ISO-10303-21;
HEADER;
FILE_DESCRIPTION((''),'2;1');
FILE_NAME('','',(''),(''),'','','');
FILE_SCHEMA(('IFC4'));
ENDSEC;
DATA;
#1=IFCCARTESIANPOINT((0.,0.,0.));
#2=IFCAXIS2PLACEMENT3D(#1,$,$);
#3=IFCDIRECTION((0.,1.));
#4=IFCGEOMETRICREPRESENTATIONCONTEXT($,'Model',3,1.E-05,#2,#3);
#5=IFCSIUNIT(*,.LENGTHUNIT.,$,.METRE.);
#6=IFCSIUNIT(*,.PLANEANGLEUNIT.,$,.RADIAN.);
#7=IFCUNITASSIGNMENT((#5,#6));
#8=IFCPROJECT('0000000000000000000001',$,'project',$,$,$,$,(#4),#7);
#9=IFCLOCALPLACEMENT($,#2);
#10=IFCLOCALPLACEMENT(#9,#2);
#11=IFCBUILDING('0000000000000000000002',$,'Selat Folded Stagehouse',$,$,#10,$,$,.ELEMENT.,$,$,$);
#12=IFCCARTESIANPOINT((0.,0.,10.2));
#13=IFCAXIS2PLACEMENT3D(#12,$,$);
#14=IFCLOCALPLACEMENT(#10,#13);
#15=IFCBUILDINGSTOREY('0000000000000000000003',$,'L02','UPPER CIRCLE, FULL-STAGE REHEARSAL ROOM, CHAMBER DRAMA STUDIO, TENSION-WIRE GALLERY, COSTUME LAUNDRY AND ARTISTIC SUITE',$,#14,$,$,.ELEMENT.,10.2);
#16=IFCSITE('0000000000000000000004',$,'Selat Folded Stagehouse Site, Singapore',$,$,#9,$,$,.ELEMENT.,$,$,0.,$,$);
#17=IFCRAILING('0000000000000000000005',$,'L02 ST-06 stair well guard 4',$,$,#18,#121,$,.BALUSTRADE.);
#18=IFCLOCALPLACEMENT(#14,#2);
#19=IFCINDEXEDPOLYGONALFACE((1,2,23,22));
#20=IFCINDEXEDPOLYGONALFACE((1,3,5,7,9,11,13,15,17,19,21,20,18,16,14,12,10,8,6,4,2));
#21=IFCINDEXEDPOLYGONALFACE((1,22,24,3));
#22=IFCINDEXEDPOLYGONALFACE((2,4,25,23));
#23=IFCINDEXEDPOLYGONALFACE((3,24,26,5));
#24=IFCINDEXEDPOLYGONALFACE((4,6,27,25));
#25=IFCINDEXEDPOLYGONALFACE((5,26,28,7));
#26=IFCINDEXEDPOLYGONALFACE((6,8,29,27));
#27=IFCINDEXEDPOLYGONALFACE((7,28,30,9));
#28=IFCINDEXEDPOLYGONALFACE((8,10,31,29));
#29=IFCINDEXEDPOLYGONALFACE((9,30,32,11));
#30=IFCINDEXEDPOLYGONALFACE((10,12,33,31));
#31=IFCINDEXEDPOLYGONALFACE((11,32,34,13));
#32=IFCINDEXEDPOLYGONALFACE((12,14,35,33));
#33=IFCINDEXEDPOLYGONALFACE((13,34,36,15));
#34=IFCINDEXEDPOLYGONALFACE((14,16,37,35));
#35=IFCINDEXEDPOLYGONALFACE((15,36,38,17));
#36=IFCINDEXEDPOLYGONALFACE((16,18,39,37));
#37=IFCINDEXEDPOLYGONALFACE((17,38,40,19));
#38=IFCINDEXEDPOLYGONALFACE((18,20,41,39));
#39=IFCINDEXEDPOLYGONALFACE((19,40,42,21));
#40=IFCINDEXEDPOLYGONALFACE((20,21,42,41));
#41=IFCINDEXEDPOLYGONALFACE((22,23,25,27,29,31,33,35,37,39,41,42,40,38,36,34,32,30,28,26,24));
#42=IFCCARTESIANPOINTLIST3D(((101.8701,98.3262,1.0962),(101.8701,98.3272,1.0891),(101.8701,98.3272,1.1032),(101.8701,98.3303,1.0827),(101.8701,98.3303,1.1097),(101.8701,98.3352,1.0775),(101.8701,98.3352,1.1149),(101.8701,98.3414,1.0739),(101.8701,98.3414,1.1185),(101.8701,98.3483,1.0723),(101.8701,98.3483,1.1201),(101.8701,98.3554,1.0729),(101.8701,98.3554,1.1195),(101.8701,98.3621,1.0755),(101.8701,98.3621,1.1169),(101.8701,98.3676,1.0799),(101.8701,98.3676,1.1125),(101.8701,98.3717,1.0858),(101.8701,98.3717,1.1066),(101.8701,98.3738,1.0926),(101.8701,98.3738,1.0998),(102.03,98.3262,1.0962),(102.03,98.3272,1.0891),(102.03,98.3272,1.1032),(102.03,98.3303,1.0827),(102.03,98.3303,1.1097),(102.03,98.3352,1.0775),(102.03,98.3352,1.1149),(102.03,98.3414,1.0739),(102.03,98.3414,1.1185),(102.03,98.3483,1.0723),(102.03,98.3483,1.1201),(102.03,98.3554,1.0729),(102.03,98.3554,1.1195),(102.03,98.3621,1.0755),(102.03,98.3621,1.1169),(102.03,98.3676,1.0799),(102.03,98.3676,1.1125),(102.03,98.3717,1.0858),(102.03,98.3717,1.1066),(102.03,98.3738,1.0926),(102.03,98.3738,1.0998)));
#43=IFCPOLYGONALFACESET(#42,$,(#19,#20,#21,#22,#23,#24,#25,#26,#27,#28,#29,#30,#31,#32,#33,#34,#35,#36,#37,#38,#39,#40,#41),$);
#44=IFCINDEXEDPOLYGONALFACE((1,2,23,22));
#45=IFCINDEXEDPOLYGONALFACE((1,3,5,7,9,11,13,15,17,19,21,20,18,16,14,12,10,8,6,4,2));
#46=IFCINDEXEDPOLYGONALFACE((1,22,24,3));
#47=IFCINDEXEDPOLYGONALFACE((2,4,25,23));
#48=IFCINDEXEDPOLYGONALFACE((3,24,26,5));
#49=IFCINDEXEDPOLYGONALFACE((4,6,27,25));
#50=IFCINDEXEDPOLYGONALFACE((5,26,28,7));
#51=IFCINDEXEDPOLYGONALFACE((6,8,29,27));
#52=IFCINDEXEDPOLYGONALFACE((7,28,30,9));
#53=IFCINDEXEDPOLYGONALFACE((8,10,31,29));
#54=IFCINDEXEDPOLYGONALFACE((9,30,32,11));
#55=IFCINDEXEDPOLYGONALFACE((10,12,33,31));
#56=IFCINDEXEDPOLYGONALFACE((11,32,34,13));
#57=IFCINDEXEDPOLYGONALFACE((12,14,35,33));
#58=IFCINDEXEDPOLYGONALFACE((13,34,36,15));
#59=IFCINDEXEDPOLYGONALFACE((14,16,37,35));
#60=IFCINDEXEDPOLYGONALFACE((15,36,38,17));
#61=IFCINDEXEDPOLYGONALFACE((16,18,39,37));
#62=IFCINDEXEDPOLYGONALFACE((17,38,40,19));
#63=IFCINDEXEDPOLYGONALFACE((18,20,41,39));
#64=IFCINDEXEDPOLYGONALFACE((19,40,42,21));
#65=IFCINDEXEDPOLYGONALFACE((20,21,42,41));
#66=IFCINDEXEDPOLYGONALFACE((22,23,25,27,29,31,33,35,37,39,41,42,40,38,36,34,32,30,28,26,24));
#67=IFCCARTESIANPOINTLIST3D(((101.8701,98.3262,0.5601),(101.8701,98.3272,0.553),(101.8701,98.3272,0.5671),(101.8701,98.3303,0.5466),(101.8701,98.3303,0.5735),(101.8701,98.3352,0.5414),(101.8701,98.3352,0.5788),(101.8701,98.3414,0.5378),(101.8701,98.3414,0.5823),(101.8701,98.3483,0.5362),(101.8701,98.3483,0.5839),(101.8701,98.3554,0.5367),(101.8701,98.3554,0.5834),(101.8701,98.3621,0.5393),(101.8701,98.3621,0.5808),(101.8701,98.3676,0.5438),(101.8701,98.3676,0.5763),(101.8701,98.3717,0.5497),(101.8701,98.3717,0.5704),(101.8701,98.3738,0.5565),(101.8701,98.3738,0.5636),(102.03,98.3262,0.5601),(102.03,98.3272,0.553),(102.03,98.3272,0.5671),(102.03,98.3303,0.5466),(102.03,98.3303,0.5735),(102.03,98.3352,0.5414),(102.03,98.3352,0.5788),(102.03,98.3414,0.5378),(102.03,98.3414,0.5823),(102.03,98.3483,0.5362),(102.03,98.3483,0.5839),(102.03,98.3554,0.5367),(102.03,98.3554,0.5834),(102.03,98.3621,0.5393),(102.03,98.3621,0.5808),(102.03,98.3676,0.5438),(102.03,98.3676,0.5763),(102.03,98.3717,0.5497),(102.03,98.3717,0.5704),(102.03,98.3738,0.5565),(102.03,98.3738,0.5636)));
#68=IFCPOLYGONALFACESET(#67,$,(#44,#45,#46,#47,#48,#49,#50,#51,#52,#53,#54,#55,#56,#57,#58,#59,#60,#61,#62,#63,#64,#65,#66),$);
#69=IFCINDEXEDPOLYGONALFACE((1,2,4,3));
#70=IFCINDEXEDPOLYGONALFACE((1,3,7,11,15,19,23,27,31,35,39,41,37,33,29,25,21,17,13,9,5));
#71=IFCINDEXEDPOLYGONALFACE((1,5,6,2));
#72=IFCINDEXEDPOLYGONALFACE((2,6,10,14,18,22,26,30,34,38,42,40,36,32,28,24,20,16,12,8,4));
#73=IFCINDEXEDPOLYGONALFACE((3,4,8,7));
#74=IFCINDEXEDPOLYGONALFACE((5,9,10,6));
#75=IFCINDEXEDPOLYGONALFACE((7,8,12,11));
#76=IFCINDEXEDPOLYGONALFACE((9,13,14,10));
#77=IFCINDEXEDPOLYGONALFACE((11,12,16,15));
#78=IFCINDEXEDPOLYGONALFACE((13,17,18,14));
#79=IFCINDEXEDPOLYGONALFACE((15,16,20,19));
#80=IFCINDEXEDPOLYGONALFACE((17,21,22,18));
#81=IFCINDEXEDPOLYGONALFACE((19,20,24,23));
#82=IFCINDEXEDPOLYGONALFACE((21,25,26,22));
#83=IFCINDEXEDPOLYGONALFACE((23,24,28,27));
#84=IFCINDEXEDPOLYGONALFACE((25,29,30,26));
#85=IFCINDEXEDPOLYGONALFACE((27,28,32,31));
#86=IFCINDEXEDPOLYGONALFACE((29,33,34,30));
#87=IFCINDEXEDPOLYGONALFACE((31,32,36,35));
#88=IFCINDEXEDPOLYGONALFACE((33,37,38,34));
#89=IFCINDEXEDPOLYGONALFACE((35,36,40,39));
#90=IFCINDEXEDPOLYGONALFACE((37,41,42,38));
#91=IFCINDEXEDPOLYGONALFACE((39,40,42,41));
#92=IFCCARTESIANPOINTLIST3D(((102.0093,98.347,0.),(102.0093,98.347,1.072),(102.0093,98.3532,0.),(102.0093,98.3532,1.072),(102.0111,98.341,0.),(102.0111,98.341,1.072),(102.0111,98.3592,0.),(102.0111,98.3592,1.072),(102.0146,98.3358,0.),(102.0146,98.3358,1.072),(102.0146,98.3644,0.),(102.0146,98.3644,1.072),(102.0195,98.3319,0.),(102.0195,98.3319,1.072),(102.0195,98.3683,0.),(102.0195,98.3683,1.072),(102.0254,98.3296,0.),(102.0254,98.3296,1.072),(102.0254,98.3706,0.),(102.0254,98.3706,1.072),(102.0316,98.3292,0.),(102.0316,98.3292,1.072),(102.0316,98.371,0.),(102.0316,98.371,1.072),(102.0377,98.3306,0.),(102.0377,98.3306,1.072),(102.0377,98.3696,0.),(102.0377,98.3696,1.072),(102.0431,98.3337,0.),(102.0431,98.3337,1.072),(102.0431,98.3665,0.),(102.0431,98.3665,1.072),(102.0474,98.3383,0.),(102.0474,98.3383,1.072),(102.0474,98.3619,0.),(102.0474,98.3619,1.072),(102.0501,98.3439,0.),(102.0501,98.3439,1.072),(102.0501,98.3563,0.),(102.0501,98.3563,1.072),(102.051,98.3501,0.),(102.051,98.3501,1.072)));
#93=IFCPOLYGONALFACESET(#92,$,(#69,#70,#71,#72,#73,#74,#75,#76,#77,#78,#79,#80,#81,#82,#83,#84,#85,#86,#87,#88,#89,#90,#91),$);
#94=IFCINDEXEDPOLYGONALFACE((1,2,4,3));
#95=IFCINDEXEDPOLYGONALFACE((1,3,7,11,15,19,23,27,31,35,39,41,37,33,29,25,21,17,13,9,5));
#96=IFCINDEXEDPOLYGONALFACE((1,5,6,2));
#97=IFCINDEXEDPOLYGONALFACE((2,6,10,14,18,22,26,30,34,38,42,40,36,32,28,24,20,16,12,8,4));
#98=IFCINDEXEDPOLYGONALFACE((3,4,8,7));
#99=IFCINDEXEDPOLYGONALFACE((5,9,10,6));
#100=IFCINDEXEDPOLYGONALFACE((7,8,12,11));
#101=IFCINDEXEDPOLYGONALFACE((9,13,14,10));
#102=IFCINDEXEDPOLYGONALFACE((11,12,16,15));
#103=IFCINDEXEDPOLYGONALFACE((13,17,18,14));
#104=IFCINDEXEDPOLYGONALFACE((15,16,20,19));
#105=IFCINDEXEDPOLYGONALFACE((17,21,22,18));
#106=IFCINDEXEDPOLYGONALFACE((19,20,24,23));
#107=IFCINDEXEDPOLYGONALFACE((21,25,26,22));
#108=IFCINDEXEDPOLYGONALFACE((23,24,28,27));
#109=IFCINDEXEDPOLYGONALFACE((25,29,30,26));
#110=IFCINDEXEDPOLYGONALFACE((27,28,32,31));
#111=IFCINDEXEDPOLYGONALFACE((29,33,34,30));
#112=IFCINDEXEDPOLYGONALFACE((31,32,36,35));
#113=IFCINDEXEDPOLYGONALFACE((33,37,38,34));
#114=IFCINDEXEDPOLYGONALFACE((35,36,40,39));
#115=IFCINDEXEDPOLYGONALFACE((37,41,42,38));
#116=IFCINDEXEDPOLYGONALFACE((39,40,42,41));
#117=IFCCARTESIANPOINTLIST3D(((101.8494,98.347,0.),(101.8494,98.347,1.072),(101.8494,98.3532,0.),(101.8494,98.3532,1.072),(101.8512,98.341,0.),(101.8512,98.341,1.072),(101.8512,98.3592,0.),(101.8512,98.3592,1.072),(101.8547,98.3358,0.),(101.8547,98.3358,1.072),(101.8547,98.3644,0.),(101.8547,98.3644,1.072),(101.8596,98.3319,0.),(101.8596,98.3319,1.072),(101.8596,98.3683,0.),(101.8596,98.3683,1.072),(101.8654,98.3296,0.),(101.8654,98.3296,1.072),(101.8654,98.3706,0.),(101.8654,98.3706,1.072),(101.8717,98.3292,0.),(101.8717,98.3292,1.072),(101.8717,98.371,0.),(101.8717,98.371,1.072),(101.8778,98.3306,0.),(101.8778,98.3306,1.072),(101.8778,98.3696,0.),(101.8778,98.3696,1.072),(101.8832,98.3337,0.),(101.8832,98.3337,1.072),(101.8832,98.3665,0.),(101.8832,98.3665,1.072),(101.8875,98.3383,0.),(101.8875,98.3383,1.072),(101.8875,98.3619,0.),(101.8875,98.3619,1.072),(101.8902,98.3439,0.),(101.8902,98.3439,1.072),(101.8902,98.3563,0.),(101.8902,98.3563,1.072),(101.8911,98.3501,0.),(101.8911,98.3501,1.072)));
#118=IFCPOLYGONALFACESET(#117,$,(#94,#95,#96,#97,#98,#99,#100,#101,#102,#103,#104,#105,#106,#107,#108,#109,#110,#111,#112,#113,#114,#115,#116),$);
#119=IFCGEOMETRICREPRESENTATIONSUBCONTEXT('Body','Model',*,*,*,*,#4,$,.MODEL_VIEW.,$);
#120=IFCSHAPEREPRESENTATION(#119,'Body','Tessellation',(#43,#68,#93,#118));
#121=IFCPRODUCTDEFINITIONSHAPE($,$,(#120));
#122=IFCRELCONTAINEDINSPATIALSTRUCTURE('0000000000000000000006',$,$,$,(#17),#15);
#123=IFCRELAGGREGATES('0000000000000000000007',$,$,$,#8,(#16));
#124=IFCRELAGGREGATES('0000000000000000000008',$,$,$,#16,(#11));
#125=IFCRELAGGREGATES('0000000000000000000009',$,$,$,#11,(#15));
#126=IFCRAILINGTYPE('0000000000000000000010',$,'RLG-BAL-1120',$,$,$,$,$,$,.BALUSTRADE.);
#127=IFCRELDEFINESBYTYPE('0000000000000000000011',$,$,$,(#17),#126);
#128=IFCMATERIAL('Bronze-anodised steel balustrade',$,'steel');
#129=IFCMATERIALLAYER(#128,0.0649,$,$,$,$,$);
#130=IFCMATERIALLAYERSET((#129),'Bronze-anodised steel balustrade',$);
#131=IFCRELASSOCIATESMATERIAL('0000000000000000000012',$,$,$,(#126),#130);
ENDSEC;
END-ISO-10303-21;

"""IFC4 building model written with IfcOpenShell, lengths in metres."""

from ifc_helpers import new_model, si_unit, direction, frame, origin, origin_2d, place, context, subcontext, project, spatial, circle, extrude, material, layer, layer_set, type_object, element, save


model = new_model("IFC4")

# Units and contexts
model_context = context("Model", 3, precision=1e-05, world=origin(), true_north=direction((0.0, 1.0)))
body_context = subcontext(model_context, "Body", "Model", "MODEL_VIEW")
ifc_project = project(units=[si_unit("LENGTHUNIT", "METRE"), si_unit("PLANEANGLEUNIT", "RADIAN")], contexts=[model_context])

# Site, building, storey
site_placement = place(None, origin())
site = spatial("IfcSite", under=ifc_project, at=site_placement, Name="Selat Folded Stagehouse Site, Singapore", CompositionType="ELEMENT", RefElevation=0.0)
building_placement = place(site_placement, origin())
building = spatial("IfcBuilding", under=site, at=building_placement, Name="Selat Folded Stagehouse", CompositionType="ELEMENT")
storey_placement = place(building_placement, frame((0.0, 0.0, 10.2)))
storey = spatial("IfcBuildingStorey", under=building, at=storey_placement, Name="L02", Description="UPPER CIRCLE, FULL-STAGE REHEARSAL ROOM, CHAMBER DRAMA STUDIO, TENSION-WIRE GALLERY, COSTUME LAUNDRY AND ARTISTIC SUITE", CompositionType="ELEMENT", Elevation=10.2)

# Railing
ifc_material_1 = material(Name="Bronze-anodised steel balustrade", Category="steel")
ifc_layer_1 = layer(ifc_material_1, 0.0649)
ifc_layer_set_1 = layer_set([ifc_layer_1], Name="Bronze-anodised steel balustrade")
railing_type_1 = type_object("IfcRailingType", Name="RLG-BAL-1120", PredefinedType="BALUSTRADE", material=ifc_layer_set_1)
railing_1_placement = place(storey_placement, frame((102.03, 98.3501, 0.0)))
element("IfcRailing", 1, at=railing_1_placement, inside=storey, type_object=railing_type_1, Name="L02 ST-06 stair well guard 4", PredefinedType="BALUSTRADE", context=body_context, shape_type="SweptSolid", body=[
    extrude(circle(Radius=0.0239, at=origin_2d()), frame((0.0, 0.0, 1.0962), z_axis=(-1.0, 0.0, 0.0), x_axis=(0.0, -1.0, 0.0)), (0.0, 0.0, 1.0), 0.1599),
    extrude(circle(Radius=0.0239, at=origin_2d()), frame((0.0, 0.0, 0.5601), z_axis=(-1.0, 0.0, 0.0), x_axis=(0.0, -1.0, 0.0)), (0.0, 0.0, 1.0), 0.1599),
    extrude(circle(Radius=0.021, at=origin_2d()), origin(), (0.0, 0.0, 1.0), 1.072),
    extrude(circle(Radius=0.021, at=origin_2d()), frame((-0.1599, 0.0, 0.0)), (0.0, 0.0, 1.0), 1.072),
])

save(model, "model.ifc")
